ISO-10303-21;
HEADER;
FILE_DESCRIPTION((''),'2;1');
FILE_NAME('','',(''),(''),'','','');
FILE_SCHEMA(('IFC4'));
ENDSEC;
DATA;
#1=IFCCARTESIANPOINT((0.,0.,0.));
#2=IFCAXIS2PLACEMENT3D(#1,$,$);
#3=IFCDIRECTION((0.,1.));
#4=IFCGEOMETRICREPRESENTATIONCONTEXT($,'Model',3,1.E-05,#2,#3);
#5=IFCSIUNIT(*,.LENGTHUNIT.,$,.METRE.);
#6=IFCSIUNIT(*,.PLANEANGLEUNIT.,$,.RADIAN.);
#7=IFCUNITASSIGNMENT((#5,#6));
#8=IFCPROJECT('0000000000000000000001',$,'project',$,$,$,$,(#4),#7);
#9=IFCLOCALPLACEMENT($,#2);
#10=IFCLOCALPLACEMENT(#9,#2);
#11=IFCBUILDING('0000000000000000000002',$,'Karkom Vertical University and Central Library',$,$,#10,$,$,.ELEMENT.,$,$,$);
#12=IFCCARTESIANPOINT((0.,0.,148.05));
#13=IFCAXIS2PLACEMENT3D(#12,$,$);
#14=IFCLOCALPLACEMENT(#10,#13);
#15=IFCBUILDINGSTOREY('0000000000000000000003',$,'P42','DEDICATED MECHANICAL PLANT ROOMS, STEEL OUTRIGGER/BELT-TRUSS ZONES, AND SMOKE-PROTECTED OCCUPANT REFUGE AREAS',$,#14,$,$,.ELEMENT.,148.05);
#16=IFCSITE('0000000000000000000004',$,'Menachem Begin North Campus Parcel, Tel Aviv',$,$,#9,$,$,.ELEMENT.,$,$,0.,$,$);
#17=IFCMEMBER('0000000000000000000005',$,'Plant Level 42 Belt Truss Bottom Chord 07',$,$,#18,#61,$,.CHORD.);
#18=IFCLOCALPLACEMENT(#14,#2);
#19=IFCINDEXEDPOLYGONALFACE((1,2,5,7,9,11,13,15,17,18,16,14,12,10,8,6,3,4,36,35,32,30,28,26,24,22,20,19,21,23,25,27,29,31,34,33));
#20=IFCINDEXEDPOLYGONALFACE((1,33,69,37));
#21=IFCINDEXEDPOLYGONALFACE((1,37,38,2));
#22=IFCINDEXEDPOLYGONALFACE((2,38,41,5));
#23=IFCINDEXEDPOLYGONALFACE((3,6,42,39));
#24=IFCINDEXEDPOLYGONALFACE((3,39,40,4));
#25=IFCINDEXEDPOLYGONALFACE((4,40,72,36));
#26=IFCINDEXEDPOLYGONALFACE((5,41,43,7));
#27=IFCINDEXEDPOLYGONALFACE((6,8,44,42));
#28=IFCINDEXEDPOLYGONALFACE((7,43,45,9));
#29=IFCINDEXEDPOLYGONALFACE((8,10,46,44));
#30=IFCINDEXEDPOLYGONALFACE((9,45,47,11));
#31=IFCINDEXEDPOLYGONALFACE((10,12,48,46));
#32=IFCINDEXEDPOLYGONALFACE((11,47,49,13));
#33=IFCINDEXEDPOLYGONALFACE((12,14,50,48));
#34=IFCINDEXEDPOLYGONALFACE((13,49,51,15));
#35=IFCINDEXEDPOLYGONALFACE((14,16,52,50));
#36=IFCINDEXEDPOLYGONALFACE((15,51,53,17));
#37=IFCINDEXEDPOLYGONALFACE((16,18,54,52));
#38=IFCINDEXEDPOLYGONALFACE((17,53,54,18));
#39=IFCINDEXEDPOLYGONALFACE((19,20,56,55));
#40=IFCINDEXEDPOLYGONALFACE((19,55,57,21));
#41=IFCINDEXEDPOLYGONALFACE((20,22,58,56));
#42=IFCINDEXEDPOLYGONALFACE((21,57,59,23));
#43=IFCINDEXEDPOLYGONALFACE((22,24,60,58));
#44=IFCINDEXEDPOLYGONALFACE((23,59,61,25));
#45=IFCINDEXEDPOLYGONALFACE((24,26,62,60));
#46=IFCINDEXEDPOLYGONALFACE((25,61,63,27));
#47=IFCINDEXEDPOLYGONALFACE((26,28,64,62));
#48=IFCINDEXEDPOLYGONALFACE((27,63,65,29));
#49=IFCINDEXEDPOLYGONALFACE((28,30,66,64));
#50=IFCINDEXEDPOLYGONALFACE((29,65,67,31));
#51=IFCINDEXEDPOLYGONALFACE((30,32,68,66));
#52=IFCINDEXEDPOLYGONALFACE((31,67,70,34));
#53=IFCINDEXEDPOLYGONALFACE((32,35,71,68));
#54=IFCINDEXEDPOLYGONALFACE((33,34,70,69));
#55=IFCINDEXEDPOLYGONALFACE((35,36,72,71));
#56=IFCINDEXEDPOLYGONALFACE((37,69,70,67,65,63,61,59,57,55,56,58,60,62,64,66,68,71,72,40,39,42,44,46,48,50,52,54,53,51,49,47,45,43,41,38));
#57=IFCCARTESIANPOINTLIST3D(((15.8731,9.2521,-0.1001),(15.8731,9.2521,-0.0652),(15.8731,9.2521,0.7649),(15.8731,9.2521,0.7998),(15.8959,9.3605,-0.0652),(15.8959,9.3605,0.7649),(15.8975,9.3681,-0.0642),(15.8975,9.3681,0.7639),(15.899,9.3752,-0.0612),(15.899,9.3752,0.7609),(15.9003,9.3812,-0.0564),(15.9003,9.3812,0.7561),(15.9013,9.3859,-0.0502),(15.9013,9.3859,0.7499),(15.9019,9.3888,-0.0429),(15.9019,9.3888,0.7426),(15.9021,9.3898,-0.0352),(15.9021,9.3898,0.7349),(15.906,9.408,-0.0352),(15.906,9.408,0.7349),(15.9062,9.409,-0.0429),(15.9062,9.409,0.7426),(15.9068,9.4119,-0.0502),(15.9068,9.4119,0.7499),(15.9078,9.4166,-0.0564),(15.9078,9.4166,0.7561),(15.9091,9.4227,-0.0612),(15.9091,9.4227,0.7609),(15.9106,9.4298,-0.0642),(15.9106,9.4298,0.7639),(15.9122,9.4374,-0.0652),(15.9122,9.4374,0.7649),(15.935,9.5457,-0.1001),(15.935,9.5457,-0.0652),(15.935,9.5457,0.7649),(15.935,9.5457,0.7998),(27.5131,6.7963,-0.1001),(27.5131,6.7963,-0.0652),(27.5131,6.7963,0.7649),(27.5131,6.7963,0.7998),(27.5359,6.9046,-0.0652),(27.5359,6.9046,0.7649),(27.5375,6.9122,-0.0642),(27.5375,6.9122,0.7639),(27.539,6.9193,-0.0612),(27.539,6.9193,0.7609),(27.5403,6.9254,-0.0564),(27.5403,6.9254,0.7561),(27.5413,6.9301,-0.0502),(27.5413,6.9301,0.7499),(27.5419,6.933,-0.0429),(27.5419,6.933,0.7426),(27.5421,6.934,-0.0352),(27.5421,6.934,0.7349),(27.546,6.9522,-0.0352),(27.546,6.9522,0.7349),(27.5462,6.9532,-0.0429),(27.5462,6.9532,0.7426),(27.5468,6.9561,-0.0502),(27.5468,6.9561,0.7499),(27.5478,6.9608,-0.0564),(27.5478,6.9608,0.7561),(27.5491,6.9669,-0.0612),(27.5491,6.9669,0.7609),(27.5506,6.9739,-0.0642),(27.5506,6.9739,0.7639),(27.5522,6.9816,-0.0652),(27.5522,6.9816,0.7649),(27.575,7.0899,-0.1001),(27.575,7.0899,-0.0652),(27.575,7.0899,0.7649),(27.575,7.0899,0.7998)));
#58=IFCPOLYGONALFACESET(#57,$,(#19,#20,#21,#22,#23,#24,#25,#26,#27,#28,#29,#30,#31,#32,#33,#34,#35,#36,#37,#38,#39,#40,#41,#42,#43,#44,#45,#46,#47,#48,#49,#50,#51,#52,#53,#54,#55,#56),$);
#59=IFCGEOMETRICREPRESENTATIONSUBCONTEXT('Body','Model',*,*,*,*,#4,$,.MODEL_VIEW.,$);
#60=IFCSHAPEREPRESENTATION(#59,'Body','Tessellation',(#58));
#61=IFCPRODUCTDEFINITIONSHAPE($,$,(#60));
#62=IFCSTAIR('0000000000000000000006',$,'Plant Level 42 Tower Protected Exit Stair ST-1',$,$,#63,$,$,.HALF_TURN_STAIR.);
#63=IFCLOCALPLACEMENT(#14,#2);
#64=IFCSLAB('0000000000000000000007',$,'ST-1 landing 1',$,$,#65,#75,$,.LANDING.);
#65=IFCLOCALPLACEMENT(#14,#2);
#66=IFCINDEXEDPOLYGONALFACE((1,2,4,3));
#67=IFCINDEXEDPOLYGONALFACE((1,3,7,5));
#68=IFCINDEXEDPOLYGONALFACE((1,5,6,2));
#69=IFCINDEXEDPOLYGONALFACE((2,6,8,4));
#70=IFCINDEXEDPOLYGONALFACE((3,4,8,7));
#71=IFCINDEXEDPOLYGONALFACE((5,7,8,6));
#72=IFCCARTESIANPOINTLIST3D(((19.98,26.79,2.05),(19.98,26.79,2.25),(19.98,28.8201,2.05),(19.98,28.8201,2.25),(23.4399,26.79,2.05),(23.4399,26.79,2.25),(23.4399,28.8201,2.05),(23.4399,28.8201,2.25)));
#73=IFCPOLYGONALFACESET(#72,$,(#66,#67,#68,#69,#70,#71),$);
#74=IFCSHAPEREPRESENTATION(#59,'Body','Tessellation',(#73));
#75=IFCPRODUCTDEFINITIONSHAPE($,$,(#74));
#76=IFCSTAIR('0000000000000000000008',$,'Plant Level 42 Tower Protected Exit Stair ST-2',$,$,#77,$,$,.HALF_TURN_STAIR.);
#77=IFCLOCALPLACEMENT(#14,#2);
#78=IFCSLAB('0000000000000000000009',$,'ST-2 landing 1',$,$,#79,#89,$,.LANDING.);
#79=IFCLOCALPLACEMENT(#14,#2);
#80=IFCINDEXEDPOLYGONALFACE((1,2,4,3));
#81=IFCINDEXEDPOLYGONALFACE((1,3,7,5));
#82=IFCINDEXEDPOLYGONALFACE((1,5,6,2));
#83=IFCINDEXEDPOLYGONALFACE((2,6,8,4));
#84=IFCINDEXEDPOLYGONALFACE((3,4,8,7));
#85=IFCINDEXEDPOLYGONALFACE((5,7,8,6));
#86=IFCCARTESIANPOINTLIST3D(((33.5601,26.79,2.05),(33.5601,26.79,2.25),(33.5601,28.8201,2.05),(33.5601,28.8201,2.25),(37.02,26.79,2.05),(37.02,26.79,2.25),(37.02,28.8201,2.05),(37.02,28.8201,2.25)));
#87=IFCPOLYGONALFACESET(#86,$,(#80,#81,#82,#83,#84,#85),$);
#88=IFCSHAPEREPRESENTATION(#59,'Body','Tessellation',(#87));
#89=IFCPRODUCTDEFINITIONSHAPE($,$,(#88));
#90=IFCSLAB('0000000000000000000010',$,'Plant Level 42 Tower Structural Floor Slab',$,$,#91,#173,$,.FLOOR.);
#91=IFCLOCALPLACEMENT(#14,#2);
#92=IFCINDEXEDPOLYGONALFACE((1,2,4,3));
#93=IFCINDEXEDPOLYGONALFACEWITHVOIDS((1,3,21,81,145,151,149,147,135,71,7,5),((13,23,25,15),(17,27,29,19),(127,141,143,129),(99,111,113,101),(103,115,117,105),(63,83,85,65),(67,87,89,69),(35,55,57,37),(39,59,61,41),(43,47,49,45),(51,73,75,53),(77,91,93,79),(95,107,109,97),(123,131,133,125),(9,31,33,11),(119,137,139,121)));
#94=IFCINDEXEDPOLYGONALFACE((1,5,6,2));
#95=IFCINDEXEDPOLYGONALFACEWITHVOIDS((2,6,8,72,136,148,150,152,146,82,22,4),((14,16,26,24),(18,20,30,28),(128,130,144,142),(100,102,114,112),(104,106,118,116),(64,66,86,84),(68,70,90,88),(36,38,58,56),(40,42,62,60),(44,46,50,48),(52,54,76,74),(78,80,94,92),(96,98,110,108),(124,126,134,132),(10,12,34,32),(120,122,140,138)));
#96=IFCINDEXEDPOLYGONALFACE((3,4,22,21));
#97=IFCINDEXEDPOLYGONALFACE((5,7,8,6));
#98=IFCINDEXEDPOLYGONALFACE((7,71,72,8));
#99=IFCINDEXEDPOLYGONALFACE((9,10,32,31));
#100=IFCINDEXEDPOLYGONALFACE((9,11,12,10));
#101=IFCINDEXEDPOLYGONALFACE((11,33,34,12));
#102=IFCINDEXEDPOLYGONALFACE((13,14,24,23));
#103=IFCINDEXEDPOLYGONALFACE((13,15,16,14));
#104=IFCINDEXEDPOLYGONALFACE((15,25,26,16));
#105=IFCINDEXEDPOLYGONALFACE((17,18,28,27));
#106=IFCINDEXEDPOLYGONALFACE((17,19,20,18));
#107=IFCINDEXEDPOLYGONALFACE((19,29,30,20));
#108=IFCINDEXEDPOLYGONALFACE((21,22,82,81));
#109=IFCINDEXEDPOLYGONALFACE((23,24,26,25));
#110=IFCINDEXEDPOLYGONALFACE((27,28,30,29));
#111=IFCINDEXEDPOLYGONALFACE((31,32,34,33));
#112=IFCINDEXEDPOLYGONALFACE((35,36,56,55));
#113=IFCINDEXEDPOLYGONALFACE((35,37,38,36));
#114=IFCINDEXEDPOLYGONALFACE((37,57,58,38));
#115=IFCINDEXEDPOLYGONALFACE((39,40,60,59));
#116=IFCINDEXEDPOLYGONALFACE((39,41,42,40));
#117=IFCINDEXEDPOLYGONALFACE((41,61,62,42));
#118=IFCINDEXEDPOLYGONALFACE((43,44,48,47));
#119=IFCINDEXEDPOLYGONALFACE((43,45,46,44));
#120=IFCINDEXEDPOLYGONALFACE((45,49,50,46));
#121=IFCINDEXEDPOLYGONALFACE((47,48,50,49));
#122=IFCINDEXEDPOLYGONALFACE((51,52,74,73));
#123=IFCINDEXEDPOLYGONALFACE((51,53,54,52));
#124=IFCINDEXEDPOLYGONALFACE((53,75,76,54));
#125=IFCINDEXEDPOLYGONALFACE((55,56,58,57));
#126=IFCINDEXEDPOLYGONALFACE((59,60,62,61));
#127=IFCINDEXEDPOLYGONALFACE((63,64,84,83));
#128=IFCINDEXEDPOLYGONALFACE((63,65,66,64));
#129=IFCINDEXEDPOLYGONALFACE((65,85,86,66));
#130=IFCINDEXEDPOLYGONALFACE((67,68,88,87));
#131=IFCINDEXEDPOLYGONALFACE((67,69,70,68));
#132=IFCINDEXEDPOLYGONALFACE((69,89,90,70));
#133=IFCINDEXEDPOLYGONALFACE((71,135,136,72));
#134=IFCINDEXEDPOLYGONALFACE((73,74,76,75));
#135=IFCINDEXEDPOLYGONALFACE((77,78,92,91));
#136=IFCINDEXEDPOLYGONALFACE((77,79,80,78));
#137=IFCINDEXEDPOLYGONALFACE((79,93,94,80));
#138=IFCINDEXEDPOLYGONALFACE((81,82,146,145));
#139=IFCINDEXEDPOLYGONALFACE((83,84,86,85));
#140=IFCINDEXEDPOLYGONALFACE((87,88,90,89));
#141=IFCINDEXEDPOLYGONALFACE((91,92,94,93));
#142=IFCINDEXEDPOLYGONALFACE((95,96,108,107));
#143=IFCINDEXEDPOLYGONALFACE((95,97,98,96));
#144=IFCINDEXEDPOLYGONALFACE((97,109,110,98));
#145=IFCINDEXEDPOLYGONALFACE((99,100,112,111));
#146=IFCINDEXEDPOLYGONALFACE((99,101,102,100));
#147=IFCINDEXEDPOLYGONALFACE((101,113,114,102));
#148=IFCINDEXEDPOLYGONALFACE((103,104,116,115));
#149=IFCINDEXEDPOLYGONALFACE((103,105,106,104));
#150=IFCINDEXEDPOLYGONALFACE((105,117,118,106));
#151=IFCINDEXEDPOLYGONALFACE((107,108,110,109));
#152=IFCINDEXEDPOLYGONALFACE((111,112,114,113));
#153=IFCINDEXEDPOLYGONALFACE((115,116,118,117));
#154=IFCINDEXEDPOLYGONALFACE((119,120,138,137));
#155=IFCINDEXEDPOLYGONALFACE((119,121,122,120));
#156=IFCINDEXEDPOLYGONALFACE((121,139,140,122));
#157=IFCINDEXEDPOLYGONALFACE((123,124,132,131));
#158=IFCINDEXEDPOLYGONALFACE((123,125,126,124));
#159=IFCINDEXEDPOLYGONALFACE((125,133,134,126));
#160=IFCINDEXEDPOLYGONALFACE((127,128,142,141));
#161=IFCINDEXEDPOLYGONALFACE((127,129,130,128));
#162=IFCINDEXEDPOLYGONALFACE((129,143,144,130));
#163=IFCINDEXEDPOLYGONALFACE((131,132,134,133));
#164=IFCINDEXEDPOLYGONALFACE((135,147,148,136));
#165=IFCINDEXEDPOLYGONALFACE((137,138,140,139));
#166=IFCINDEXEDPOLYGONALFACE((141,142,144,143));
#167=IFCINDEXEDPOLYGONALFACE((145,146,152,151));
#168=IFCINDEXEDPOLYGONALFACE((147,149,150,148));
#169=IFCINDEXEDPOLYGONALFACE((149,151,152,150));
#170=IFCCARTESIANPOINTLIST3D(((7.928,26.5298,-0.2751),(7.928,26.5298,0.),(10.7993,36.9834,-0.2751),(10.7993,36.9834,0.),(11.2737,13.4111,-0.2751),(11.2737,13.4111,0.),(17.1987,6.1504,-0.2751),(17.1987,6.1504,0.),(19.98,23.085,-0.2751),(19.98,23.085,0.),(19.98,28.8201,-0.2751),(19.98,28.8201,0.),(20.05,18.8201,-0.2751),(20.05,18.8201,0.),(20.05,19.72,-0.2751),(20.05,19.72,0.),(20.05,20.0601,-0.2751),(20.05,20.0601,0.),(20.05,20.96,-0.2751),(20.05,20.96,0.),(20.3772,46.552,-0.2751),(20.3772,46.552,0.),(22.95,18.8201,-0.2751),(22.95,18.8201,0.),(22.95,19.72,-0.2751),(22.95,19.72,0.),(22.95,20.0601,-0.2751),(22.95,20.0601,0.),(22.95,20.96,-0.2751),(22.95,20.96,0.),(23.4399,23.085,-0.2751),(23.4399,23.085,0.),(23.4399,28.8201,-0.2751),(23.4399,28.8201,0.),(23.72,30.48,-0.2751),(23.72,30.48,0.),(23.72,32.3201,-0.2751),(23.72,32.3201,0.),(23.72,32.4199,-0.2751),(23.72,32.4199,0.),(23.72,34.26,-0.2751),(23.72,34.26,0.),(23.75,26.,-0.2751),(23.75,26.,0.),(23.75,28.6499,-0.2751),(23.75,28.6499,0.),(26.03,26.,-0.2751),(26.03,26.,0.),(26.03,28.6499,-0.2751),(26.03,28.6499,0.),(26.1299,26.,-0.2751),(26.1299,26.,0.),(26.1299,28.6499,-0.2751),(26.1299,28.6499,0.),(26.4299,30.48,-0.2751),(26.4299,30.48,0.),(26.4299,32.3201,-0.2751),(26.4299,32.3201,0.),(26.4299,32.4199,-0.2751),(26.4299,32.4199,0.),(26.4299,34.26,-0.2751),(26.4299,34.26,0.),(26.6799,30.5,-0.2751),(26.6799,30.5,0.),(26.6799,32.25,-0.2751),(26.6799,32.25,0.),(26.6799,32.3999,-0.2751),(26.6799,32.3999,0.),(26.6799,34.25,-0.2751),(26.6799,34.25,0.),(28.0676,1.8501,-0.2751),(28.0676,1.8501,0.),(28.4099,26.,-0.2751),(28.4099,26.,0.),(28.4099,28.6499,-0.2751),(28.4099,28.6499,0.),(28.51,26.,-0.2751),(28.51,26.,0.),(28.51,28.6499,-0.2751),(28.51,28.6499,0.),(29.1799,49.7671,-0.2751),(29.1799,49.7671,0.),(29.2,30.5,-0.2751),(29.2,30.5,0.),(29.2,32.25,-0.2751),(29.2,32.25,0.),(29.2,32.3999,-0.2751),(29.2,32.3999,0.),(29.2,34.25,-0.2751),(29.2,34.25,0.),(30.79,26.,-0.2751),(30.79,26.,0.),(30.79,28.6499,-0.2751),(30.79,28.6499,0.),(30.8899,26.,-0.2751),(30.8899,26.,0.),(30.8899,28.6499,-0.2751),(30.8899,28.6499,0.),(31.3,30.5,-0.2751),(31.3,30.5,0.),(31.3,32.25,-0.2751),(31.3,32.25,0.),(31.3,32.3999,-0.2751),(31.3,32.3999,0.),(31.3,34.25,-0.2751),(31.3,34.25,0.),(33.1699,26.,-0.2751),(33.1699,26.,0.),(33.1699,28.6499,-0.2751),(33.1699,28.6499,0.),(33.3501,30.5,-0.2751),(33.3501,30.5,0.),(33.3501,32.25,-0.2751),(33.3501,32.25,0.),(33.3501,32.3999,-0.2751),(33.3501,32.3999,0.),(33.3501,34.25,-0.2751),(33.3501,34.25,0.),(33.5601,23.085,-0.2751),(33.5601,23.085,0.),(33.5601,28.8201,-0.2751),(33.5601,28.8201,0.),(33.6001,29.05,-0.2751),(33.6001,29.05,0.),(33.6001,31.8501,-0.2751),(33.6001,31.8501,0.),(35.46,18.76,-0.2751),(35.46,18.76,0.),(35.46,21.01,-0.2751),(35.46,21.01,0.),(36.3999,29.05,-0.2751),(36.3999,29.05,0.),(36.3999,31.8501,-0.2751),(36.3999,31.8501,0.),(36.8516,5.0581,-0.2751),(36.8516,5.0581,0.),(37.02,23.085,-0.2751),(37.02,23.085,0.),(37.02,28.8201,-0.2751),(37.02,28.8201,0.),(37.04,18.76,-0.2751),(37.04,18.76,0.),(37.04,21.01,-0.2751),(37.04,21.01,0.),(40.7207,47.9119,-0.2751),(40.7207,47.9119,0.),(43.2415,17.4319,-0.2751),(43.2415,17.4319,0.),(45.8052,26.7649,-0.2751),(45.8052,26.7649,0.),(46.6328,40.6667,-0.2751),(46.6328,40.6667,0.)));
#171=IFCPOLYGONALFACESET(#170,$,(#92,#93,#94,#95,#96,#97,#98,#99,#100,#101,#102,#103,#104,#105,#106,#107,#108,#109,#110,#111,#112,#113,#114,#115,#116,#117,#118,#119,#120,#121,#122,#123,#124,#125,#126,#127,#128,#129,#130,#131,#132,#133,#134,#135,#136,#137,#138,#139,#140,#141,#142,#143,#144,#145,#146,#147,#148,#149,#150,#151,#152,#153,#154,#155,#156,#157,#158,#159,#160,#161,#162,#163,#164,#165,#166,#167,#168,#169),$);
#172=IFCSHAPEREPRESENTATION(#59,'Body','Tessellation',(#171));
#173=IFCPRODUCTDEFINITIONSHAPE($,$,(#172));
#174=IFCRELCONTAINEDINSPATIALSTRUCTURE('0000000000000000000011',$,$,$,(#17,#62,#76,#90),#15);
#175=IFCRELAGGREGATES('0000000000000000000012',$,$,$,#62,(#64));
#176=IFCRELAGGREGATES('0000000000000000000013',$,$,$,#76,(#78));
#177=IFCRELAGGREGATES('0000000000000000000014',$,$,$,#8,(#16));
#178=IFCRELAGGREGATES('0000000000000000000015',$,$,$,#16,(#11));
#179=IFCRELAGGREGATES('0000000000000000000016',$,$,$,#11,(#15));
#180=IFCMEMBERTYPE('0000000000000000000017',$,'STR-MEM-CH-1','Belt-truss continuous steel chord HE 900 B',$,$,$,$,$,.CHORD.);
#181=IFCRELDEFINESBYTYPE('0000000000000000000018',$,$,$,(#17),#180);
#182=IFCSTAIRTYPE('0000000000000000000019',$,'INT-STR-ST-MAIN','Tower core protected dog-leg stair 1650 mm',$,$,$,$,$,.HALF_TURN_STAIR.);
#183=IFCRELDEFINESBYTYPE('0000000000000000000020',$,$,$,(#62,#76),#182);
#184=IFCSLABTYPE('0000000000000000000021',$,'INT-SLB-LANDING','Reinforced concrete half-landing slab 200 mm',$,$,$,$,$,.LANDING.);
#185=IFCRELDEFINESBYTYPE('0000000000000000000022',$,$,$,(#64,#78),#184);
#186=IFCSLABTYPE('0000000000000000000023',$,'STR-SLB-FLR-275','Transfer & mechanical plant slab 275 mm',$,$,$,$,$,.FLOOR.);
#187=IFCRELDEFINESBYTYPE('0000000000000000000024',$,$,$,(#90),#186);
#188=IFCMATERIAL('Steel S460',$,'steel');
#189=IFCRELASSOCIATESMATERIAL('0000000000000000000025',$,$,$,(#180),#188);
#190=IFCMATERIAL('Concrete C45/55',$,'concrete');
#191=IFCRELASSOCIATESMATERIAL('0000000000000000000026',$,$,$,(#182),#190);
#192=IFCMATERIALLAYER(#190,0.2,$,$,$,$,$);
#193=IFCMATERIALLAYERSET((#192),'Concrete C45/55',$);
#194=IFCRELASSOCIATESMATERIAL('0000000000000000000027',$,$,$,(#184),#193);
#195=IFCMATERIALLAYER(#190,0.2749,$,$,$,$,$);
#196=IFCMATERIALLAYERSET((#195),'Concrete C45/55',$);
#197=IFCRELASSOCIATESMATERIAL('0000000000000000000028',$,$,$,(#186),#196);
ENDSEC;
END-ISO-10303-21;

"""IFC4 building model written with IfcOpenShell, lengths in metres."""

from ifc_helpers import new_model, si_unit, direction, frame, origin, origin_with_axes, origin_2d, place, context, subcontext, project, spatial, polyline, i_section, outline, extrude, source, transform, mapped, material, layer, layer_set, material_profile, profile_set, type_object, element, aggregate, save


model = new_model("IFC4")

# Units and contexts
model_context = context("Model", 3, precision=1e-05, world=origin(), true_north=direction((0.0, 1.0)))
body_context = subcontext(model_context, "Body", "Model", "MODEL_VIEW")
ifc_project = project(units=[si_unit("LENGTHUNIT", "METRE"), si_unit("PLANEANGLEUNIT", "RADIAN")], contexts=[model_context])

# Site, building, storey
site_placement = place(None, origin())
site = spatial("IfcSite", under=ifc_project, at=site_placement, Name="Menachem Begin North Campus Parcel, Tel Aviv", CompositionType="ELEMENT", RefElevation=0.0)
building_placement = place(site_placement, origin())
building = spatial("IfcBuilding", under=site, at=building_placement, Name="Karkom Vertical University and Central Library", CompositionType="ELEMENT")
storey_placement = place(building_placement, frame((0.0, 0.0, 148.05)))
storey = spatial("IfcBuildingStorey", under=building, at=storey_placement, Name="P42", Description="DEDICATED MECHANICAL PLANT ROOMS, STEEL OUTRIGGER/BELT-TRUSS ZONES, AND SMOKE-PROTECTED OCCUPANT REFUGE AREAS", CompositionType="ELEMENT", Elevation=148.05)

# Shared definitions
ifc_material_1 = material(Name="Steel S460", Category="steel")

# Member
ifc_material_profile_1 = material_profile(ifc_material_1, i_section(OverallWidth=0.3, OverallDepth=0.8999, WebThickness=0.0186, FlangeThickness=0.0349, FilletRadius=0.03, at=origin_2d()), Name="HE 900 B")
ifc_profile_set_1 = profile_set([ifc_material_profile_1], Name="Steel S460")
member_type_1 = type_object("IfcMemberType", Name="STR-MEM-CH-1", Description="Belt-truss continuous steel chord HE 900 B", PredefinedType="CHORD", material=ifc_profile_set_1)
shared_shape_1 = source(origin_with_axes(), body_context, "Body", "SweptSolid", [
    extrude(i_section(OverallWidth=0.3, OverallDepth=0.8999, WebThickness=0.0186, FlangeThickness=0.0349, FilletRadius=0.03, at=origin_2d()), origin(), (0.0, 0.0, 1.0), 11.8962),
])
member_1_placement = place(storey_placement, frame((15.9041, 9.3989, 0.3499), z_axis=(0.97846, -0.206438, 0.0), x_axis=(0.206438, 0.97846, 0.0)))
element("IfcMember", 1, at=member_1_placement, inside=storey, type_object=member_type_1, Name="Plant Level 42 Belt Truss Bottom Chord 07", PredefinedType="CHORD", context=body_context, shape_type="MappedRepresentation", body=[
    mapped(shared_shape_1, transform((0.0, 0.0, 0.0), scale=1.0)),
])

# Stairs, slabs
ifc_material_2 = material(Name="Concrete C45/55", Category="concrete")
stair_type = type_object("IfcStairType", Name="INT-STR-ST-MAIN", Description="Tower core protected dog-leg stair 1650 mm", PredefinedType="HALF_TURN_STAIR", material=ifc_material_2)
stair_1_placement = place(storey_placement, origin())
stair_1 = element("IfcStair", 2, at=stair_1_placement, inside=storey, type_object=stair_type, Name="Plant Level 42 Tower Protected Exit Stair ST-1", PredefinedType="HALF_TURN_STAIR")
ifc_layer_1 = layer(ifc_material_2, 0.2)
ifc_layer_set_1 = layer_set([ifc_layer_1], Name="Concrete C45/55")
slab_type_1 = type_object("IfcSlabType", Name="INT-SLB-LANDING", Description="Reinforced concrete half-landing slab 200 mm", PredefinedType="LANDING", material=ifc_layer_set_1)
slab_1_placement = place(storey_placement, frame((0.0, 0.0, 2.05)))
slab_1 = element("IfcSlab", 3, at=slab_1_placement, type_object=slab_type_1, Name="ST-1 landing 1", PredefinedType="LANDING", context=body_context, shape_type="SweptSolid", body=[
    extrude(outline(polyline([(23.4399, 26.79), (23.4399, 28.8201), (19.98, 28.8201), (19.98, 26.79), (23.4399, 26.79)])), origin(), (0.0, 0.0, 1.0), 0.2),
])
aggregate(stair_1, [slab_1])
stair_2_placement = place(storey_placement, origin())
stair_2 = element("IfcStair", 4, at=stair_2_placement, inside=storey, type_object=stair_type, Name="Plant Level 42 Tower Protected Exit Stair ST-2", PredefinedType="HALF_TURN_STAIR")
slab_2_placement = place(storey_placement, frame((0.0, 0.0, 2.05)))
slab_2 = element("IfcSlab", 5, at=slab_2_placement, type_object=slab_type_1, Name="ST-2 landing 1", PredefinedType="LANDING", context=body_context, shape_type="SweptSolid", body=[
    extrude(outline(polyline([(37.02, 26.79), (37.02, 28.8201), (33.5601, 28.8201), (33.5601, 26.79), (37.02, 26.79)])), origin(), (0.0, 0.0, 1.0), 0.2),
])
aggregate(stair_2, [slab_2])

# Slab
ifc_layer_2 = layer(ifc_material_2, 0.2749)
ifc_layer_set_2 = layer_set([ifc_layer_2], Name="Concrete C45/55")
slab_type_2 = type_object("IfcSlabType", Name="STR-SLB-FLR-275", Description="Transfer & mechanical plant slab 275 mm", PredefinedType="FLOOR", material=ifc_layer_set_2)
slab_3_placement = place(storey_placement, frame((0.0, 0.0, -0.2751)))
element("IfcSlab", 6, at=slab_3_placement, inside=storey, type_object=slab_type_2, Name="Plant Level 42 Tower Structural Floor Slab", PredefinedType="FLOOR", context=body_context, shape_type="SweptSolid", body=[
    extrude(outline(polyline([(10.7993, 36.9834), (7.928, 26.5298), (11.2737, 13.4111), (17.1987, 6.1504), (28.0676, 1.8501), (36.8516, 5.0581), (43.2415, 17.4319), (45.8052, 26.7649), (46.6328, 40.6667), (40.7207, 47.9119), (29.1799, 49.7671), (20.3772, 46.552), (10.7993, 36.9834)]), holes=[polyline([(19.98, 23.085), (23.4399, 23.085), (23.4399, 28.8201), (19.98, 28.8201), (19.98, 23.085)]), polyline([(33.5601, 23.085), (37.02, 23.085), (37.02, 28.8201), (33.5601, 28.8201), (33.5601, 23.085)]), polyline([(23.75, 26.0), (26.03, 26.0), (26.03, 28.6499), (23.75, 28.6499), (23.75, 26.0)]), polyline([(26.1299, 26.0), (28.4099, 26.0), (28.4099, 28.6499), (26.1299, 28.6499), (26.1299, 26.0)]), polyline([(28.51, 26.0), (30.79, 26.0), (30.79, 28.6499), (28.51, 28.6499), (28.51, 26.0)]), polyline([(30.8899, 26.0), (33.1699, 26.0), (33.1699, 28.6499), (30.8899, 28.6499), (30.8899, 26.0)]), polyline([(26.6799, 30.5), (29.2, 30.5), (29.2, 32.25), (26.6799, 32.25), (26.6799, 30.5)]), polyline([(26.6799, 32.3999), (29.2, 32.3999), (29.2, 34.25), (26.6799, 34.25), (26.6799, 32.3999)]), polyline([(31.3, 30.5), (33.3501, 30.5), (33.3501, 32.25), (31.3, 32.25), (31.3, 30.5)]), polyline([(31.3, 32.3999), (33.3501, 32.3999), (33.3501, 34.25), (31.3, 34.25), (31.3, 32.3999)]), polyline([(23.72, 30.48), (26.4299, 30.48), (26.4299, 32.3201), (23.72, 32.3201), (23.72, 30.48)]), polyline([(23.72, 32.4199), (26.4299, 32.4199), (26.4299, 34.26), (23.72, 34.26), (23.72, 32.4199)]), polyline([(33.6001, 29.05), (36.3999, 29.05), (36.3999, 31.8501), (33.6001, 31.8501), (33.6001, 29.05)]), polyline([(20.05, 18.8201), (22.95, 18.8201), (22.95, 19.72), (20.05, 19.72), (20.05, 18.8201)]), polyline([(20.05, 20.0601), (22.95, 20.0601), (22.95, 20.96), (20.05, 20.96), (20.05, 20.0601)]), polyline([(35.46, 18.76), (37.04, 18.76), (37.04, 21.01), (35.46, 21.01), (35.46, 18.76)])]), origin(), (0.0, 0.0, 1.0), 0.2751),
])

save(model, "model.ifc")
